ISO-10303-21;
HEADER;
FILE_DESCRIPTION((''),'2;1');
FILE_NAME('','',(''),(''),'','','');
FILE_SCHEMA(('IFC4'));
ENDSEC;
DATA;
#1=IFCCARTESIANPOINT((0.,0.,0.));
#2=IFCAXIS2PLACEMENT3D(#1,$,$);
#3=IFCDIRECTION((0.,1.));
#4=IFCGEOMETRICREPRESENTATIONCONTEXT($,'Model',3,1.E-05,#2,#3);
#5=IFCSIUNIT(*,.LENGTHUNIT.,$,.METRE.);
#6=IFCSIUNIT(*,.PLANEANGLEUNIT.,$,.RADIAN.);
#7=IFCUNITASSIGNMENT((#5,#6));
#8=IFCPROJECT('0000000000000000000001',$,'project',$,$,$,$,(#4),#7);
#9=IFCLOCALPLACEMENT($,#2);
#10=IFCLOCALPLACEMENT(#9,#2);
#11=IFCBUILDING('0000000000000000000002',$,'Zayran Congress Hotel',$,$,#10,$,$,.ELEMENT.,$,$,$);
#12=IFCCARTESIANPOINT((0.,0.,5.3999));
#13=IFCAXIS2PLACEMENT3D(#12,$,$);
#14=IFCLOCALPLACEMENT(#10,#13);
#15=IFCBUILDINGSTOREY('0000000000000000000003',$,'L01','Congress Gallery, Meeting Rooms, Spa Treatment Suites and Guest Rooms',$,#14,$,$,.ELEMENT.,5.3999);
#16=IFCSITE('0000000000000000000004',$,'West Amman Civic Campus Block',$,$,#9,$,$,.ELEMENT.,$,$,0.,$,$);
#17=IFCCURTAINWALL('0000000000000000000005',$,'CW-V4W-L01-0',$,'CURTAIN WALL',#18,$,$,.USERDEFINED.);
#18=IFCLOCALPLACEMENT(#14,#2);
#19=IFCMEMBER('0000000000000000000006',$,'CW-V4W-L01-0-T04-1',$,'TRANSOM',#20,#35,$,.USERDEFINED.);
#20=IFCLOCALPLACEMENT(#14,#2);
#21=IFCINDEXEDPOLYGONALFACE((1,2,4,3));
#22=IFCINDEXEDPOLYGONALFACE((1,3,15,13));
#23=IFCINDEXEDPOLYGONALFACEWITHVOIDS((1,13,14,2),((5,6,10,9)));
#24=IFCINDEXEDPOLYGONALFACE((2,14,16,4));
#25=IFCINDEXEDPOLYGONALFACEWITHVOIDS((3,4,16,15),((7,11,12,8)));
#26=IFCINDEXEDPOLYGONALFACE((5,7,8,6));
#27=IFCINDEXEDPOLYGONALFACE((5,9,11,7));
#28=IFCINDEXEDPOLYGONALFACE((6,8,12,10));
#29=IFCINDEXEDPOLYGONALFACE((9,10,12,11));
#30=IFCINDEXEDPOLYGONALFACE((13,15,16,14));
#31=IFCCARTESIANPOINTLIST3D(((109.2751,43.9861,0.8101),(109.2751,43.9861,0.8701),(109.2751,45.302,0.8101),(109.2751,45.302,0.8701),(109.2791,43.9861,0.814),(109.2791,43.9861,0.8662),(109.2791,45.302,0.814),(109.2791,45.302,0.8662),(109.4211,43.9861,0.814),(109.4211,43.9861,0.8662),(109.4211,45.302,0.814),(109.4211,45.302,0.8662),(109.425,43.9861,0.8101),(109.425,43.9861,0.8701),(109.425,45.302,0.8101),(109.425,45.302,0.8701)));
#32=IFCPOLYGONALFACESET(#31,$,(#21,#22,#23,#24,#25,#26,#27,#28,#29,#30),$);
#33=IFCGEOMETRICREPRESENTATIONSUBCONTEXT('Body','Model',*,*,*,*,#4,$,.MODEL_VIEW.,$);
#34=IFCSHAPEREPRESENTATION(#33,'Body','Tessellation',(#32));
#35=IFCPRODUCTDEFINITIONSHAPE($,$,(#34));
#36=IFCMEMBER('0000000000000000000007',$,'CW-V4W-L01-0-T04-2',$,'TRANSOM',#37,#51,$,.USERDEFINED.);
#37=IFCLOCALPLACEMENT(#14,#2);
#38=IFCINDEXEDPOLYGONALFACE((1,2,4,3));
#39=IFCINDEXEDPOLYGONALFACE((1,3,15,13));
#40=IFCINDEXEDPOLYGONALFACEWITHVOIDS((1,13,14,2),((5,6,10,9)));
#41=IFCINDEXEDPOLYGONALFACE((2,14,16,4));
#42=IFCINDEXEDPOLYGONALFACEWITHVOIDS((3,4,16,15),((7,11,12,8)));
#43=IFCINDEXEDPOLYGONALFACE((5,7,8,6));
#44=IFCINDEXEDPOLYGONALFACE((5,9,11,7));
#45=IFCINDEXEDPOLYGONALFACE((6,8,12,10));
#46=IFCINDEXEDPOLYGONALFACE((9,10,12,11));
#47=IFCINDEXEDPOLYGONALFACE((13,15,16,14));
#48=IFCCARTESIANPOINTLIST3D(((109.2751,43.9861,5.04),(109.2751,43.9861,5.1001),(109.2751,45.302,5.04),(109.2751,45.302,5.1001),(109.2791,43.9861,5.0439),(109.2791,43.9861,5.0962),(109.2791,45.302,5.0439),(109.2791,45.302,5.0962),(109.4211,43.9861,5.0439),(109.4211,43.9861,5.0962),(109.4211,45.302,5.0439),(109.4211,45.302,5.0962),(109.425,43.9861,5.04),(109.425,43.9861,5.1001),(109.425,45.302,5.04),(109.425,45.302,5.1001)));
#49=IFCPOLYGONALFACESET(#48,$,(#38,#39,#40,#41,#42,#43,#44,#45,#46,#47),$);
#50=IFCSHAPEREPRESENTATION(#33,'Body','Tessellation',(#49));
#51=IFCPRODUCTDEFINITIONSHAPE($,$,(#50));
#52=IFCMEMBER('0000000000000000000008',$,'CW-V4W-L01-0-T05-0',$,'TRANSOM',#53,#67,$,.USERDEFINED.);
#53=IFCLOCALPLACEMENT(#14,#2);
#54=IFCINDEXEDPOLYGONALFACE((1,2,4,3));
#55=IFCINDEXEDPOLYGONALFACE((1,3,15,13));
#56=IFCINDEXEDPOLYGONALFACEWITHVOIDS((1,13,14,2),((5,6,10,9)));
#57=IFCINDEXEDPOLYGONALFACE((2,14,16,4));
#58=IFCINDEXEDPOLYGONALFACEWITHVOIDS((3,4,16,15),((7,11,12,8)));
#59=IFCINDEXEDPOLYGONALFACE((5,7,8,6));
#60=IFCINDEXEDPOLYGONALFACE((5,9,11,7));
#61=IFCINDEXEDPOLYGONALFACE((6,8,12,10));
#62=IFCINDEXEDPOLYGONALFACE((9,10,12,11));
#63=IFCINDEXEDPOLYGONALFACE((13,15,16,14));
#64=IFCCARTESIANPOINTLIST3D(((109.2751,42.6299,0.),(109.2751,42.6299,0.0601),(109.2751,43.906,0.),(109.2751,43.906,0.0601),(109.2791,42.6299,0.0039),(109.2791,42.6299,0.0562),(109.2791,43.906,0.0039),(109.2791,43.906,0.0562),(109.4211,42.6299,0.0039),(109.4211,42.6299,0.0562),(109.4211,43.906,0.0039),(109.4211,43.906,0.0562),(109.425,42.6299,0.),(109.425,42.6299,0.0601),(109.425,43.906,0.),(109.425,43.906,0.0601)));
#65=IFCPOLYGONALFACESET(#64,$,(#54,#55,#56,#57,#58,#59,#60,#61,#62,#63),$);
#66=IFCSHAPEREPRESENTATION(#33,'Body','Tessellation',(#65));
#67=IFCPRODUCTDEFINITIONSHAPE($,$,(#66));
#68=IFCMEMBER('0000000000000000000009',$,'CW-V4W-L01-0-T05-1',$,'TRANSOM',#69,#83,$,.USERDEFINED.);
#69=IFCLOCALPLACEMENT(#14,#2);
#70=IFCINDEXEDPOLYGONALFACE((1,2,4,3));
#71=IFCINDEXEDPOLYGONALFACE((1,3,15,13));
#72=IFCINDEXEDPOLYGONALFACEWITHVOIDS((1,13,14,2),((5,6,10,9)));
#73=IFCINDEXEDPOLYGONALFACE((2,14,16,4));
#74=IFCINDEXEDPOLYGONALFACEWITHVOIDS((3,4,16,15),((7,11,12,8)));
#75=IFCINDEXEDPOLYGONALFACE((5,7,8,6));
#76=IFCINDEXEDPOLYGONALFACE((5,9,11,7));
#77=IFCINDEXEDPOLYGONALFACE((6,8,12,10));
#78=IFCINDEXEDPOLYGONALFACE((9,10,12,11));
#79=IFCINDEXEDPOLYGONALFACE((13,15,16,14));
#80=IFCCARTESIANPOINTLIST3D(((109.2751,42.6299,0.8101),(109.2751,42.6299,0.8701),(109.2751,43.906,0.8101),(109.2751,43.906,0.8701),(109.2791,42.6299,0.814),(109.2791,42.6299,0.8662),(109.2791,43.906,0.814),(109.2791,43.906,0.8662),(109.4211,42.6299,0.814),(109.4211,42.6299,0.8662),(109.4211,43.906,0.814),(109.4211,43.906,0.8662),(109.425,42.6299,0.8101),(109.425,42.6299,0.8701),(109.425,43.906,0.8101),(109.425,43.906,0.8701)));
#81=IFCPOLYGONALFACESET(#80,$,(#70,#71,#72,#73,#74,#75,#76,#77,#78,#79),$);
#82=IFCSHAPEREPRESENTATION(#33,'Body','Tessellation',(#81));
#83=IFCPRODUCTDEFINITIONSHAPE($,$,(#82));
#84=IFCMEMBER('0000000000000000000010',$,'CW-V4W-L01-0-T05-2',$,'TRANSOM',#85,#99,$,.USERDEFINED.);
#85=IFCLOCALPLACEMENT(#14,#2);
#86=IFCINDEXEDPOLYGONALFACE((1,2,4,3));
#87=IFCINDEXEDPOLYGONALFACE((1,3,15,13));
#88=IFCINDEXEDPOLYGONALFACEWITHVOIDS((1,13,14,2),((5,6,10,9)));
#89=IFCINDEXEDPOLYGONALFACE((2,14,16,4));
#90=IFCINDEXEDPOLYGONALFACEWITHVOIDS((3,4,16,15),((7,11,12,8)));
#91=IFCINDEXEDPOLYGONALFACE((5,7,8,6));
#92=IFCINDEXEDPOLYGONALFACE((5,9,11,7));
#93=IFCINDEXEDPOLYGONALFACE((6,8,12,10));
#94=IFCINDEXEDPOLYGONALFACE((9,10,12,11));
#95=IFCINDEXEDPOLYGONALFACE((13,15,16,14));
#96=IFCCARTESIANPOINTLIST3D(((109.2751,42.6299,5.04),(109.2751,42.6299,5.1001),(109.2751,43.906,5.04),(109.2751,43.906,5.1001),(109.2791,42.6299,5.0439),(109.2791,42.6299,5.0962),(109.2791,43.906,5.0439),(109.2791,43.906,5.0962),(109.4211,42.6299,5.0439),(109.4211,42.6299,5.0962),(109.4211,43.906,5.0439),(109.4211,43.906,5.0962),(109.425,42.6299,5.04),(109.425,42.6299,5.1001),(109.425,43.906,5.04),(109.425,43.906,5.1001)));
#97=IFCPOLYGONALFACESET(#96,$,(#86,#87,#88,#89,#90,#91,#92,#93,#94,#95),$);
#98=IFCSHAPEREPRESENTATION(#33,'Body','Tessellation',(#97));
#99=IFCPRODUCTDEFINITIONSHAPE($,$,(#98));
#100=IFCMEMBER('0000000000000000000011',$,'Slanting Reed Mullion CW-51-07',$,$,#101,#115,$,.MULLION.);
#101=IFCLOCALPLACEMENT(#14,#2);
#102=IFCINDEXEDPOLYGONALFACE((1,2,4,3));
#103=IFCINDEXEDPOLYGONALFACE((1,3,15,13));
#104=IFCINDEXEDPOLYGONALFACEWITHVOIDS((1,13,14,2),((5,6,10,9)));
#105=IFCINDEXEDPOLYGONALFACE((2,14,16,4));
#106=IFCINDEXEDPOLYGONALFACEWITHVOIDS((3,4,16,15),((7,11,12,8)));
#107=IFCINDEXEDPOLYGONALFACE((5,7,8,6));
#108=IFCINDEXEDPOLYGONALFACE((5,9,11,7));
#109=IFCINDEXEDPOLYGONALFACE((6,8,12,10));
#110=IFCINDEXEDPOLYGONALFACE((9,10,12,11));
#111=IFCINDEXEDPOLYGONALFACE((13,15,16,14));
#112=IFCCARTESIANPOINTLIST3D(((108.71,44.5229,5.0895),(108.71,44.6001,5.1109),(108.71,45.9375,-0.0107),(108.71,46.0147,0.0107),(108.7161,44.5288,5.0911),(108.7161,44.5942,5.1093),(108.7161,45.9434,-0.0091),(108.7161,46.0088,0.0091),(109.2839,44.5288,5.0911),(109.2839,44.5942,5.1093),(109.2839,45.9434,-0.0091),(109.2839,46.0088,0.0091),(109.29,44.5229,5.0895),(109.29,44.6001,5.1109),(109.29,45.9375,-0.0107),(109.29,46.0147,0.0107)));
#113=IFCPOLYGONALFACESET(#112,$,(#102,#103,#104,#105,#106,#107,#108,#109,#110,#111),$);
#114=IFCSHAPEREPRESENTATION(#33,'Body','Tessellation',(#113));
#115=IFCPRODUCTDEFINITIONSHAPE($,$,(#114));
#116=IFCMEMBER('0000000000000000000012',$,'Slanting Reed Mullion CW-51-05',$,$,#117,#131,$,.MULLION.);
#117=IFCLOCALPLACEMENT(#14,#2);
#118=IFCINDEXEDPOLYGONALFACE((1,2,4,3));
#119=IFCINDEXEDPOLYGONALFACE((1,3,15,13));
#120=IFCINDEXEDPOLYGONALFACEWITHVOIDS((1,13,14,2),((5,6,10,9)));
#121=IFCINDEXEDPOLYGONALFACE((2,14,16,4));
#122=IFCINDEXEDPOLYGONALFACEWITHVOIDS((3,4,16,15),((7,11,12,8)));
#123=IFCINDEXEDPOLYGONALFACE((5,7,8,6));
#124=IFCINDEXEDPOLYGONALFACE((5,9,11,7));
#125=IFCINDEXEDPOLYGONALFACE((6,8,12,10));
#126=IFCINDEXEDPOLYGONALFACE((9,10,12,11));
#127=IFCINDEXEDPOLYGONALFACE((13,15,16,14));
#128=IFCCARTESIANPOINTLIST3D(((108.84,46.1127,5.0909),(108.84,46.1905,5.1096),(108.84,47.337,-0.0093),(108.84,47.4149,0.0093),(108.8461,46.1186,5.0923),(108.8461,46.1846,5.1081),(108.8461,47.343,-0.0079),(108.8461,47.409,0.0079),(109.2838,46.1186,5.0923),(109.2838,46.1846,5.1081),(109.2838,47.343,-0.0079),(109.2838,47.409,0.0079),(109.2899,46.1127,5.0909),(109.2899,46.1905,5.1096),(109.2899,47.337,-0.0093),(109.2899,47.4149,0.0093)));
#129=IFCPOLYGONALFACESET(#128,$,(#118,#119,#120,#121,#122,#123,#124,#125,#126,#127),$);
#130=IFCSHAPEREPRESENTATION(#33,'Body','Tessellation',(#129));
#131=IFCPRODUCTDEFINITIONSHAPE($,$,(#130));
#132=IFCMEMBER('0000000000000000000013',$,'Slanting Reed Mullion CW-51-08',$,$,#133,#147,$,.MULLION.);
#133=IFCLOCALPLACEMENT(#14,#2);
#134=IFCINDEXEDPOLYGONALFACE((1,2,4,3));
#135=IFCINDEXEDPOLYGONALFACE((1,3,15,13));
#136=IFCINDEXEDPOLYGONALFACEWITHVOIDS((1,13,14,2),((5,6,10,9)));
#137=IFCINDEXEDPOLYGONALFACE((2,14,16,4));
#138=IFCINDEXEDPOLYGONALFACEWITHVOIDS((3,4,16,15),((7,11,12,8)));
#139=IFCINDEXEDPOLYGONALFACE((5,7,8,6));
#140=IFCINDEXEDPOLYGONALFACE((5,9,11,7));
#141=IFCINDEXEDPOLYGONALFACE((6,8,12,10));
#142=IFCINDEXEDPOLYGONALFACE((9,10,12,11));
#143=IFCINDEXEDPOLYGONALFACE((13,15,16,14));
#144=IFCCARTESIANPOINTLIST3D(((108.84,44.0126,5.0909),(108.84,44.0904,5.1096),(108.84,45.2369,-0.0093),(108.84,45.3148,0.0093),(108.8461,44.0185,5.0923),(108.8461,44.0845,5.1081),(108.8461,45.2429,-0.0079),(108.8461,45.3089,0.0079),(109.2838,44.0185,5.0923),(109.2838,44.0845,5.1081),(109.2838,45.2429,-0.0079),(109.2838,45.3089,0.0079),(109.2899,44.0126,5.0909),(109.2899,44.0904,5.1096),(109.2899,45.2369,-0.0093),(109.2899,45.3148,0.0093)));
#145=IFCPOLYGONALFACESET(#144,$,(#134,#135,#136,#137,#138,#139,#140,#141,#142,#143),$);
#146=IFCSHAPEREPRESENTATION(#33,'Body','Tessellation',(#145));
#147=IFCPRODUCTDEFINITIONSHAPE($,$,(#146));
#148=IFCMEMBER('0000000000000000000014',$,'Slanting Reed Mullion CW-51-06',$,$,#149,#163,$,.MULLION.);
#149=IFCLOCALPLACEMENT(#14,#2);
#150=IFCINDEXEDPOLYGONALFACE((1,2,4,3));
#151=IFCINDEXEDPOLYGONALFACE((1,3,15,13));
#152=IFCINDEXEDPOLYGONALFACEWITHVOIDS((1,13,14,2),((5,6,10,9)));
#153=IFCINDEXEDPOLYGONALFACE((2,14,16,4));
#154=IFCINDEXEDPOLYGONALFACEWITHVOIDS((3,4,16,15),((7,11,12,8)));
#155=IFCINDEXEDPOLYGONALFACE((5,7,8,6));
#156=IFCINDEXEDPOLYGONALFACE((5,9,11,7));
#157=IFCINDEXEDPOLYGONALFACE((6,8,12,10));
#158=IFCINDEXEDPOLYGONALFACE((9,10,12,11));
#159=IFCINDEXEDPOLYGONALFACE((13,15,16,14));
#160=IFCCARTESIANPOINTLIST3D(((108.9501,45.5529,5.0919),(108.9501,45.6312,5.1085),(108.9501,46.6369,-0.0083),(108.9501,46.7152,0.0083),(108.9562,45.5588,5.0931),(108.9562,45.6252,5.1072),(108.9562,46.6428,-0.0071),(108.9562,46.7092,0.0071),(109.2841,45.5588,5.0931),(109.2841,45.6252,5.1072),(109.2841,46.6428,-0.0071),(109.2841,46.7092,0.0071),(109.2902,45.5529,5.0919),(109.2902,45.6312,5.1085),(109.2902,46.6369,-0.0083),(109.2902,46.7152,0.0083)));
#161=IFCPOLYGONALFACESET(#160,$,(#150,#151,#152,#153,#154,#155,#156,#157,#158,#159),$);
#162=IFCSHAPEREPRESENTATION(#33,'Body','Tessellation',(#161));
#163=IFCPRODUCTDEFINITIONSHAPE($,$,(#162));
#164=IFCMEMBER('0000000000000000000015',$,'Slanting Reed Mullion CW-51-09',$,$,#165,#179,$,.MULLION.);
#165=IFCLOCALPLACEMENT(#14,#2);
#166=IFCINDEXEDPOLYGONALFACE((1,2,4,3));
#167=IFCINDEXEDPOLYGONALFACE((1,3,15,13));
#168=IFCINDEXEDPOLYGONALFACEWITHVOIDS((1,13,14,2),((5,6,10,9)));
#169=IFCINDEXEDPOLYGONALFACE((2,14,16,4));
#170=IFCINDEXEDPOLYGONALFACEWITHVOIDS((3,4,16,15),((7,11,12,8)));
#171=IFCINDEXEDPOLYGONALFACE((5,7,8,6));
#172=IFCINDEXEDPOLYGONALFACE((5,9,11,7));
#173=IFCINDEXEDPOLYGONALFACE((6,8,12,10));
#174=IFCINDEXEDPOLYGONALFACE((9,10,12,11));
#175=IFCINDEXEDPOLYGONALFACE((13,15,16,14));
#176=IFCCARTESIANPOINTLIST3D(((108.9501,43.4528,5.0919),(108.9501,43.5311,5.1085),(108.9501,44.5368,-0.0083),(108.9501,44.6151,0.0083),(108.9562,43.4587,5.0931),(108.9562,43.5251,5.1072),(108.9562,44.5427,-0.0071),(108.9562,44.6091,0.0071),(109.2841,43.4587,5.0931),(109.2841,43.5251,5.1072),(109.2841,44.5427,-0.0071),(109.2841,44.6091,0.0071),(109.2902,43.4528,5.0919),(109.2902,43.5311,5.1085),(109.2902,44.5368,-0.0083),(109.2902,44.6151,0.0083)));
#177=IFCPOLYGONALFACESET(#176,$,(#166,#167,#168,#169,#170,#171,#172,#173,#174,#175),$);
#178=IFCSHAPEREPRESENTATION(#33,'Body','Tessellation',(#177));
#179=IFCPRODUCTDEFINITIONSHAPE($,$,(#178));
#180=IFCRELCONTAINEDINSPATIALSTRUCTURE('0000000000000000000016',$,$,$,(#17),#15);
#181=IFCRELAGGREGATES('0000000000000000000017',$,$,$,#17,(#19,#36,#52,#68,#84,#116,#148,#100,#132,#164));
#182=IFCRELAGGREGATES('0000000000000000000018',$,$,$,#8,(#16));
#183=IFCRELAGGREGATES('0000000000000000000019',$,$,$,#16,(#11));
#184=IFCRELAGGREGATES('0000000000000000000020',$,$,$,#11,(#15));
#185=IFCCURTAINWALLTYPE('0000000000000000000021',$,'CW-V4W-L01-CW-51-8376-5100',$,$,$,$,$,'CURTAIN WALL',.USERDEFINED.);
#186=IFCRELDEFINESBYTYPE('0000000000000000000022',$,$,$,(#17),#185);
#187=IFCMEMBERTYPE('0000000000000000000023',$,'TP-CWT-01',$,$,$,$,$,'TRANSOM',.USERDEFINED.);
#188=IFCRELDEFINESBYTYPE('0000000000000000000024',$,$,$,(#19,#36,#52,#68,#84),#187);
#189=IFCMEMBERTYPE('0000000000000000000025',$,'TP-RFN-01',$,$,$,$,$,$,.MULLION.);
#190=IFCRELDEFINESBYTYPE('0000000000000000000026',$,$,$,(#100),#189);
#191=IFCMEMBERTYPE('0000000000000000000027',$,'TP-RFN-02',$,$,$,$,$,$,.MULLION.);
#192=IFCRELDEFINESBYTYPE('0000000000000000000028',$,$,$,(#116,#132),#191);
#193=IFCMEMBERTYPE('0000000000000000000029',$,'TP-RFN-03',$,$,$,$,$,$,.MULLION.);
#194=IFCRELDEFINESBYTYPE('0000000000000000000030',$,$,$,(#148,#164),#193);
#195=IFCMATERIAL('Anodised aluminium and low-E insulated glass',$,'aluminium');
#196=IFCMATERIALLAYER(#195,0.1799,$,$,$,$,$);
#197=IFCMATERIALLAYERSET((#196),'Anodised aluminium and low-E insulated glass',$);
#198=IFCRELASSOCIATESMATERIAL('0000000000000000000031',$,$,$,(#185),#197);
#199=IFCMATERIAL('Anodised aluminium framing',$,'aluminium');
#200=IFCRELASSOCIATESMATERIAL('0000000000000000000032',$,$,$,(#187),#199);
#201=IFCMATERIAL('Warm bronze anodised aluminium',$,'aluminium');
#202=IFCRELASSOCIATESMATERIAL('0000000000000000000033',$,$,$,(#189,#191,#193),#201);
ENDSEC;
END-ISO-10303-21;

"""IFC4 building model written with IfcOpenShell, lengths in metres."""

from ifc_helpers import new_model, si_unit, direction, frame, origin, origin_2d, place, context, subcontext, project, spatial, hollow_rectangle, extrude, material, layer, layer_set, material_profile, profile_set, type_object, element, aggregate, save


model = new_model("IFC4")

# Units and contexts
model_context = context("Model", 3, precision=1e-05, world=origin(), true_north=direction((0.0, 1.0)))
body_context = subcontext(model_context, "Body", "Model", "MODEL_VIEW")
ifc_project = project(units=[si_unit("LENGTHUNIT", "METRE"), si_unit("PLANEANGLEUNIT", "RADIAN")], contexts=[model_context])

# Site, building, storey
site_placement = place(None, origin())
site = spatial("IfcSite", under=ifc_project, at=site_placement, Name="West Amman Civic Campus Block", CompositionType="ELEMENT", RefElevation=0.0)
building_placement = place(site_placement, origin())
building = spatial("IfcBuilding", under=site, at=building_placement, Name="Zayran Congress Hotel", CompositionType="ELEMENT")
storey_placement = place(building_placement, frame((0.0, 0.0, 5.3999)))
storey = spatial("IfcBuildingStorey", under=building, at=storey_placement, Name="L01", Description="Congress Gallery, Meeting Rooms, Spa Treatment Suites and Guest Rooms", CompositionType="ELEMENT", Elevation=5.3999)

# Curtain wall, members
ifc_material_1 = material(Name="Anodised aluminium and low-E insulated glass", Category="aluminium")
ifc_layer_1 = layer(ifc_material_1, 0.1799)
ifc_layer_set_1 = layer_set([ifc_layer_1], Name="Anodised aluminium and low-E insulated glass")
curtain_wall_type = type_object("IfcCurtainWallType", Name="CW-V4W-L01-CW-51-8376-5100", ElementType="CURTAIN WALL", PredefinedType="USERDEFINED", material=ifc_layer_set_1)
curtain_wall_placement = place(storey_placement, origin())
curtain_wall = element("IfcCurtainWall", 1, at=curtain_wall_placement, inside=storey, type_object=curtain_wall_type, Name="CW-V4W-L01-0", ObjectType="CURTAIN WALL", PredefinedType="USERDEFINED")
ifc_material_2 = material(Name="Anodised aluminium framing", Category="aluminium")
ifc_material_profile_1 = material_profile(ifc_material_2, hollow_rectangle(XDim=0.0601, YDim=0.1499, WallThickness=0.0039, at=origin_2d()), Name="RHS 150x60x4")
ifc_profile_set_1 = profile_set([ifc_material_profile_1], Name="Anodised aluminium framing")
member_type_1 = type_object("IfcMemberType", Name="TP-CWT-01", ElementType="TRANSOM", PredefinedType="USERDEFINED", material=ifc_profile_set_1)
member_1_placement = place(storey_placement, frame((109.3501, 45.302, 0.8401), z_axis=(0.0, -1.0, 0.0), x_axis=(0.0, 0.0, 1.0)))
member_1 = element("IfcMember", 2, at=member_1_placement, type_object=member_type_1, Name="CW-V4W-L01-0-T04-1", ObjectType="TRANSOM", PredefinedType="USERDEFINED", context=body_context, shape_type="SweptSolid", body=[
    extrude(hollow_rectangle(XDim=0.0601, YDim=0.1499, WallThickness=0.0039, at=origin_2d()), origin(), (0.0, 0.0, 1.0), 1.3159),
])
member_2_placement = place(storey_placement, frame((109.3501, 45.302, 5.0701), z_axis=(0.0, -1.0, 0.0), x_axis=(0.0, 0.0, 1.0)))
member_2 = element("IfcMember", 3, at=member_2_placement, type_object=member_type_1, Name="CW-V4W-L01-0-T04-2", ObjectType="TRANSOM", PredefinedType="USERDEFINED", context=body_context, shape_type="SweptSolid", body=[
    extrude(hollow_rectangle(XDim=0.0601, YDim=0.1499, WallThickness=0.0039, at=origin_2d()), origin(), (0.0, 0.0, 1.0), 1.3159),
])
member_3_placement = place(storey_placement, frame((109.3501, 43.906, 0.03), z_axis=(0.0, -1.0, 0.0), x_axis=(0.0, 0.0, 1.0)))
member_3 = element("IfcMember", 4, at=member_3_placement, type_object=member_type_1, Name="CW-V4W-L01-0-T05-0", ObjectType="TRANSOM", PredefinedType="USERDEFINED", context=body_context, shape_type="SweptSolid", body=[
    extrude(hollow_rectangle(XDim=0.0601, YDim=0.1499, WallThickness=0.0039, at=origin_2d()), origin(), (0.0, 0.0, 1.0), 1.2761),
])
member_4_placement = place(storey_placement, frame((109.3501, 43.906, 0.8401), z_axis=(0.0, -1.0, 0.0), x_axis=(0.0, 0.0, 1.0)))
member_4 = element("IfcMember", 5, at=member_4_placement, type_object=member_type_1, Name="CW-V4W-L01-0-T05-1", ObjectType="TRANSOM", PredefinedType="USERDEFINED", context=body_context, shape_type="SweptSolid", body=[
    extrude(hollow_rectangle(XDim=0.0601, YDim=0.1499, WallThickness=0.0039, at=origin_2d()), origin(), (0.0, 0.0, 1.0), 1.2761),
])
member_5_placement = place(storey_placement, frame((109.3501, 43.906, 5.0701), z_axis=(0.0, -1.0, 0.0), x_axis=(0.0, 0.0, 1.0)))
member_5 = element("IfcMember", 6, at=member_5_placement, type_object=member_type_1, Name="CW-V4W-L01-0-T05-2", ObjectType="TRANSOM", PredefinedType="USERDEFINED", context=body_context, shape_type="SweptSolid", body=[
    extrude(hollow_rectangle(XDim=0.0601, YDim=0.1499, WallThickness=0.0039, at=origin_2d()), origin(), (0.0, 0.0, 1.0), 1.2761),
])
ifc_material_3 = material(Name="Warm bronze anodised aluminium", Category="aluminium")
ifc_material_profile_2 = material_profile(ifc_material_3, hollow_rectangle(XDim=0.0801, YDim=0.5801, WallThickness=0.0061, at=origin_2d()), Name="RHS 580x80x6")
ifc_profile_set_2 = profile_set([ifc_material_profile_2], Name="Warm bronze anodised aluminium")
member_type_2 = type_object("IfcMemberType", Name="TP-RFN-01", PredefinedType="MULLION", material=ifc_profile_set_2)
member_6_placement = place(storey_placement, frame((109.0, 45.9761, 0.0), z_axis=(0.0, -0.267268, 0.963622), x_axis=(0.0, 0.963622, 0.267268)))
member_6 = element("IfcMember", 7, at=member_6_placement, type_object=member_type_2, Name="Slanting Reed Mullion CW-51-07", PredefinedType="MULLION", context=body_context, shape_type="SweptSolid", body=[
    extrude(hollow_rectangle(XDim=0.0801, YDim=0.5801, WallThickness=0.0061, at=origin_2d()), origin(), (0.0, 0.0, 1.0), 5.2927),
])
ifc_material_profile_3 = material_profile(ifc_material_3, hollow_rectangle(XDim=0.0801, YDim=0.45, WallThickness=0.0061, at=origin_2d()), Name="RHS 450x80x6")
ifc_profile_set_3 = profile_set([ifc_material_profile_3], Name="Warm bronze anodised aluminium")
member_type_3 = type_object("IfcMemberType", Name="TP-RFN-02", PredefinedType="MULLION", material=ifc_profile_set_3)
member_7_placement = place(storey_placement, frame((109.0649, 47.376, 0.0), z_axis=(0.0, -0.233435, 0.972373), x_axis=(0.0, 0.972373, 0.233435)))
member_7 = element("IfcMember", 8, at=member_7_placement, type_object=member_type_3, Name="Slanting Reed Mullion CW-51-05", PredefinedType="MULLION", context=body_context, shape_type="SweptSolid", body=[
    extrude(hollow_rectangle(XDim=0.0801, YDim=0.45, WallThickness=0.0061, at=origin_2d()), origin(), (0.0, 0.0, 1.0), 5.2451),
])
member_8_placement = place(storey_placement, frame((109.0649, 45.2759, 0.0), z_axis=(0.0, -0.233435, 0.972373), x_axis=(0.0, 0.972373, 0.233435)))
member_8 = element("IfcMember", 9, at=member_8_placement, type_object=member_type_3, Name="Slanting Reed Mullion CW-51-08", PredefinedType="MULLION", context=body_context, shape_type="SweptSolid", body=[
    extrude(hollow_rectangle(XDim=0.0801, YDim=0.45, WallThickness=0.0061, at=origin_2d()), origin(), (0.0, 0.0, 1.0), 5.2451),
])
ifc_material_profile_4 = material_profile(ifc_material_3, hollow_rectangle(XDim=0.0801, YDim=0.3401, WallThickness=0.0061, at=origin_2d()), Name="RHS 340x80x6")
ifc_profile_set_4 = profile_set([ifc_material_profile_4], Name="Warm bronze anodised aluminium")
member_type_4 = type_object("IfcMemberType", Name="TP-RFN-03", PredefinedType="MULLION", material=ifc_profile_set_4)
member_9_placement = place(storey_placement, frame((109.1201, 46.676, 0.0), z_axis=(0.0, -0.207898, 0.978151), x_axis=(0.0, 0.978151, 0.207898)))
member_9 = element("IfcMember", 10, at=member_9_placement, type_object=member_type_4, Name="Slanting Reed Mullion CW-51-06", PredefinedType="MULLION", context=body_context, shape_type="SweptSolid", body=[
    extrude(hollow_rectangle(XDim=0.0801, YDim=0.3401, WallThickness=0.0061, at=origin_2d()), origin(), (0.0, 0.0, 1.0), 5.2141),
])
member_10_placement = place(storey_placement, frame((109.1201, 44.5759, 0.0), z_axis=(0.0, -0.207898, 0.978151), x_axis=(0.0, 0.978151, 0.207898)))
member_10 = element("IfcMember", 11, at=member_10_placement, type_object=member_type_4, Name="Slanting Reed Mullion CW-51-09", PredefinedType="MULLION", context=body_context, shape_type="SweptSolid", body=[
    extrude(hollow_rectangle(XDim=0.0801, YDim=0.3401, WallThickness=0.0061, at=origin_2d()), origin(), (0.0, 0.0, 1.0), 5.2141),
])

aggregate(curtain_wall, [member_1, member_2, member_3, member_4, member_5, member_7, member_9, member_6, member_8, member_10])

save(model, "model.ifc")
